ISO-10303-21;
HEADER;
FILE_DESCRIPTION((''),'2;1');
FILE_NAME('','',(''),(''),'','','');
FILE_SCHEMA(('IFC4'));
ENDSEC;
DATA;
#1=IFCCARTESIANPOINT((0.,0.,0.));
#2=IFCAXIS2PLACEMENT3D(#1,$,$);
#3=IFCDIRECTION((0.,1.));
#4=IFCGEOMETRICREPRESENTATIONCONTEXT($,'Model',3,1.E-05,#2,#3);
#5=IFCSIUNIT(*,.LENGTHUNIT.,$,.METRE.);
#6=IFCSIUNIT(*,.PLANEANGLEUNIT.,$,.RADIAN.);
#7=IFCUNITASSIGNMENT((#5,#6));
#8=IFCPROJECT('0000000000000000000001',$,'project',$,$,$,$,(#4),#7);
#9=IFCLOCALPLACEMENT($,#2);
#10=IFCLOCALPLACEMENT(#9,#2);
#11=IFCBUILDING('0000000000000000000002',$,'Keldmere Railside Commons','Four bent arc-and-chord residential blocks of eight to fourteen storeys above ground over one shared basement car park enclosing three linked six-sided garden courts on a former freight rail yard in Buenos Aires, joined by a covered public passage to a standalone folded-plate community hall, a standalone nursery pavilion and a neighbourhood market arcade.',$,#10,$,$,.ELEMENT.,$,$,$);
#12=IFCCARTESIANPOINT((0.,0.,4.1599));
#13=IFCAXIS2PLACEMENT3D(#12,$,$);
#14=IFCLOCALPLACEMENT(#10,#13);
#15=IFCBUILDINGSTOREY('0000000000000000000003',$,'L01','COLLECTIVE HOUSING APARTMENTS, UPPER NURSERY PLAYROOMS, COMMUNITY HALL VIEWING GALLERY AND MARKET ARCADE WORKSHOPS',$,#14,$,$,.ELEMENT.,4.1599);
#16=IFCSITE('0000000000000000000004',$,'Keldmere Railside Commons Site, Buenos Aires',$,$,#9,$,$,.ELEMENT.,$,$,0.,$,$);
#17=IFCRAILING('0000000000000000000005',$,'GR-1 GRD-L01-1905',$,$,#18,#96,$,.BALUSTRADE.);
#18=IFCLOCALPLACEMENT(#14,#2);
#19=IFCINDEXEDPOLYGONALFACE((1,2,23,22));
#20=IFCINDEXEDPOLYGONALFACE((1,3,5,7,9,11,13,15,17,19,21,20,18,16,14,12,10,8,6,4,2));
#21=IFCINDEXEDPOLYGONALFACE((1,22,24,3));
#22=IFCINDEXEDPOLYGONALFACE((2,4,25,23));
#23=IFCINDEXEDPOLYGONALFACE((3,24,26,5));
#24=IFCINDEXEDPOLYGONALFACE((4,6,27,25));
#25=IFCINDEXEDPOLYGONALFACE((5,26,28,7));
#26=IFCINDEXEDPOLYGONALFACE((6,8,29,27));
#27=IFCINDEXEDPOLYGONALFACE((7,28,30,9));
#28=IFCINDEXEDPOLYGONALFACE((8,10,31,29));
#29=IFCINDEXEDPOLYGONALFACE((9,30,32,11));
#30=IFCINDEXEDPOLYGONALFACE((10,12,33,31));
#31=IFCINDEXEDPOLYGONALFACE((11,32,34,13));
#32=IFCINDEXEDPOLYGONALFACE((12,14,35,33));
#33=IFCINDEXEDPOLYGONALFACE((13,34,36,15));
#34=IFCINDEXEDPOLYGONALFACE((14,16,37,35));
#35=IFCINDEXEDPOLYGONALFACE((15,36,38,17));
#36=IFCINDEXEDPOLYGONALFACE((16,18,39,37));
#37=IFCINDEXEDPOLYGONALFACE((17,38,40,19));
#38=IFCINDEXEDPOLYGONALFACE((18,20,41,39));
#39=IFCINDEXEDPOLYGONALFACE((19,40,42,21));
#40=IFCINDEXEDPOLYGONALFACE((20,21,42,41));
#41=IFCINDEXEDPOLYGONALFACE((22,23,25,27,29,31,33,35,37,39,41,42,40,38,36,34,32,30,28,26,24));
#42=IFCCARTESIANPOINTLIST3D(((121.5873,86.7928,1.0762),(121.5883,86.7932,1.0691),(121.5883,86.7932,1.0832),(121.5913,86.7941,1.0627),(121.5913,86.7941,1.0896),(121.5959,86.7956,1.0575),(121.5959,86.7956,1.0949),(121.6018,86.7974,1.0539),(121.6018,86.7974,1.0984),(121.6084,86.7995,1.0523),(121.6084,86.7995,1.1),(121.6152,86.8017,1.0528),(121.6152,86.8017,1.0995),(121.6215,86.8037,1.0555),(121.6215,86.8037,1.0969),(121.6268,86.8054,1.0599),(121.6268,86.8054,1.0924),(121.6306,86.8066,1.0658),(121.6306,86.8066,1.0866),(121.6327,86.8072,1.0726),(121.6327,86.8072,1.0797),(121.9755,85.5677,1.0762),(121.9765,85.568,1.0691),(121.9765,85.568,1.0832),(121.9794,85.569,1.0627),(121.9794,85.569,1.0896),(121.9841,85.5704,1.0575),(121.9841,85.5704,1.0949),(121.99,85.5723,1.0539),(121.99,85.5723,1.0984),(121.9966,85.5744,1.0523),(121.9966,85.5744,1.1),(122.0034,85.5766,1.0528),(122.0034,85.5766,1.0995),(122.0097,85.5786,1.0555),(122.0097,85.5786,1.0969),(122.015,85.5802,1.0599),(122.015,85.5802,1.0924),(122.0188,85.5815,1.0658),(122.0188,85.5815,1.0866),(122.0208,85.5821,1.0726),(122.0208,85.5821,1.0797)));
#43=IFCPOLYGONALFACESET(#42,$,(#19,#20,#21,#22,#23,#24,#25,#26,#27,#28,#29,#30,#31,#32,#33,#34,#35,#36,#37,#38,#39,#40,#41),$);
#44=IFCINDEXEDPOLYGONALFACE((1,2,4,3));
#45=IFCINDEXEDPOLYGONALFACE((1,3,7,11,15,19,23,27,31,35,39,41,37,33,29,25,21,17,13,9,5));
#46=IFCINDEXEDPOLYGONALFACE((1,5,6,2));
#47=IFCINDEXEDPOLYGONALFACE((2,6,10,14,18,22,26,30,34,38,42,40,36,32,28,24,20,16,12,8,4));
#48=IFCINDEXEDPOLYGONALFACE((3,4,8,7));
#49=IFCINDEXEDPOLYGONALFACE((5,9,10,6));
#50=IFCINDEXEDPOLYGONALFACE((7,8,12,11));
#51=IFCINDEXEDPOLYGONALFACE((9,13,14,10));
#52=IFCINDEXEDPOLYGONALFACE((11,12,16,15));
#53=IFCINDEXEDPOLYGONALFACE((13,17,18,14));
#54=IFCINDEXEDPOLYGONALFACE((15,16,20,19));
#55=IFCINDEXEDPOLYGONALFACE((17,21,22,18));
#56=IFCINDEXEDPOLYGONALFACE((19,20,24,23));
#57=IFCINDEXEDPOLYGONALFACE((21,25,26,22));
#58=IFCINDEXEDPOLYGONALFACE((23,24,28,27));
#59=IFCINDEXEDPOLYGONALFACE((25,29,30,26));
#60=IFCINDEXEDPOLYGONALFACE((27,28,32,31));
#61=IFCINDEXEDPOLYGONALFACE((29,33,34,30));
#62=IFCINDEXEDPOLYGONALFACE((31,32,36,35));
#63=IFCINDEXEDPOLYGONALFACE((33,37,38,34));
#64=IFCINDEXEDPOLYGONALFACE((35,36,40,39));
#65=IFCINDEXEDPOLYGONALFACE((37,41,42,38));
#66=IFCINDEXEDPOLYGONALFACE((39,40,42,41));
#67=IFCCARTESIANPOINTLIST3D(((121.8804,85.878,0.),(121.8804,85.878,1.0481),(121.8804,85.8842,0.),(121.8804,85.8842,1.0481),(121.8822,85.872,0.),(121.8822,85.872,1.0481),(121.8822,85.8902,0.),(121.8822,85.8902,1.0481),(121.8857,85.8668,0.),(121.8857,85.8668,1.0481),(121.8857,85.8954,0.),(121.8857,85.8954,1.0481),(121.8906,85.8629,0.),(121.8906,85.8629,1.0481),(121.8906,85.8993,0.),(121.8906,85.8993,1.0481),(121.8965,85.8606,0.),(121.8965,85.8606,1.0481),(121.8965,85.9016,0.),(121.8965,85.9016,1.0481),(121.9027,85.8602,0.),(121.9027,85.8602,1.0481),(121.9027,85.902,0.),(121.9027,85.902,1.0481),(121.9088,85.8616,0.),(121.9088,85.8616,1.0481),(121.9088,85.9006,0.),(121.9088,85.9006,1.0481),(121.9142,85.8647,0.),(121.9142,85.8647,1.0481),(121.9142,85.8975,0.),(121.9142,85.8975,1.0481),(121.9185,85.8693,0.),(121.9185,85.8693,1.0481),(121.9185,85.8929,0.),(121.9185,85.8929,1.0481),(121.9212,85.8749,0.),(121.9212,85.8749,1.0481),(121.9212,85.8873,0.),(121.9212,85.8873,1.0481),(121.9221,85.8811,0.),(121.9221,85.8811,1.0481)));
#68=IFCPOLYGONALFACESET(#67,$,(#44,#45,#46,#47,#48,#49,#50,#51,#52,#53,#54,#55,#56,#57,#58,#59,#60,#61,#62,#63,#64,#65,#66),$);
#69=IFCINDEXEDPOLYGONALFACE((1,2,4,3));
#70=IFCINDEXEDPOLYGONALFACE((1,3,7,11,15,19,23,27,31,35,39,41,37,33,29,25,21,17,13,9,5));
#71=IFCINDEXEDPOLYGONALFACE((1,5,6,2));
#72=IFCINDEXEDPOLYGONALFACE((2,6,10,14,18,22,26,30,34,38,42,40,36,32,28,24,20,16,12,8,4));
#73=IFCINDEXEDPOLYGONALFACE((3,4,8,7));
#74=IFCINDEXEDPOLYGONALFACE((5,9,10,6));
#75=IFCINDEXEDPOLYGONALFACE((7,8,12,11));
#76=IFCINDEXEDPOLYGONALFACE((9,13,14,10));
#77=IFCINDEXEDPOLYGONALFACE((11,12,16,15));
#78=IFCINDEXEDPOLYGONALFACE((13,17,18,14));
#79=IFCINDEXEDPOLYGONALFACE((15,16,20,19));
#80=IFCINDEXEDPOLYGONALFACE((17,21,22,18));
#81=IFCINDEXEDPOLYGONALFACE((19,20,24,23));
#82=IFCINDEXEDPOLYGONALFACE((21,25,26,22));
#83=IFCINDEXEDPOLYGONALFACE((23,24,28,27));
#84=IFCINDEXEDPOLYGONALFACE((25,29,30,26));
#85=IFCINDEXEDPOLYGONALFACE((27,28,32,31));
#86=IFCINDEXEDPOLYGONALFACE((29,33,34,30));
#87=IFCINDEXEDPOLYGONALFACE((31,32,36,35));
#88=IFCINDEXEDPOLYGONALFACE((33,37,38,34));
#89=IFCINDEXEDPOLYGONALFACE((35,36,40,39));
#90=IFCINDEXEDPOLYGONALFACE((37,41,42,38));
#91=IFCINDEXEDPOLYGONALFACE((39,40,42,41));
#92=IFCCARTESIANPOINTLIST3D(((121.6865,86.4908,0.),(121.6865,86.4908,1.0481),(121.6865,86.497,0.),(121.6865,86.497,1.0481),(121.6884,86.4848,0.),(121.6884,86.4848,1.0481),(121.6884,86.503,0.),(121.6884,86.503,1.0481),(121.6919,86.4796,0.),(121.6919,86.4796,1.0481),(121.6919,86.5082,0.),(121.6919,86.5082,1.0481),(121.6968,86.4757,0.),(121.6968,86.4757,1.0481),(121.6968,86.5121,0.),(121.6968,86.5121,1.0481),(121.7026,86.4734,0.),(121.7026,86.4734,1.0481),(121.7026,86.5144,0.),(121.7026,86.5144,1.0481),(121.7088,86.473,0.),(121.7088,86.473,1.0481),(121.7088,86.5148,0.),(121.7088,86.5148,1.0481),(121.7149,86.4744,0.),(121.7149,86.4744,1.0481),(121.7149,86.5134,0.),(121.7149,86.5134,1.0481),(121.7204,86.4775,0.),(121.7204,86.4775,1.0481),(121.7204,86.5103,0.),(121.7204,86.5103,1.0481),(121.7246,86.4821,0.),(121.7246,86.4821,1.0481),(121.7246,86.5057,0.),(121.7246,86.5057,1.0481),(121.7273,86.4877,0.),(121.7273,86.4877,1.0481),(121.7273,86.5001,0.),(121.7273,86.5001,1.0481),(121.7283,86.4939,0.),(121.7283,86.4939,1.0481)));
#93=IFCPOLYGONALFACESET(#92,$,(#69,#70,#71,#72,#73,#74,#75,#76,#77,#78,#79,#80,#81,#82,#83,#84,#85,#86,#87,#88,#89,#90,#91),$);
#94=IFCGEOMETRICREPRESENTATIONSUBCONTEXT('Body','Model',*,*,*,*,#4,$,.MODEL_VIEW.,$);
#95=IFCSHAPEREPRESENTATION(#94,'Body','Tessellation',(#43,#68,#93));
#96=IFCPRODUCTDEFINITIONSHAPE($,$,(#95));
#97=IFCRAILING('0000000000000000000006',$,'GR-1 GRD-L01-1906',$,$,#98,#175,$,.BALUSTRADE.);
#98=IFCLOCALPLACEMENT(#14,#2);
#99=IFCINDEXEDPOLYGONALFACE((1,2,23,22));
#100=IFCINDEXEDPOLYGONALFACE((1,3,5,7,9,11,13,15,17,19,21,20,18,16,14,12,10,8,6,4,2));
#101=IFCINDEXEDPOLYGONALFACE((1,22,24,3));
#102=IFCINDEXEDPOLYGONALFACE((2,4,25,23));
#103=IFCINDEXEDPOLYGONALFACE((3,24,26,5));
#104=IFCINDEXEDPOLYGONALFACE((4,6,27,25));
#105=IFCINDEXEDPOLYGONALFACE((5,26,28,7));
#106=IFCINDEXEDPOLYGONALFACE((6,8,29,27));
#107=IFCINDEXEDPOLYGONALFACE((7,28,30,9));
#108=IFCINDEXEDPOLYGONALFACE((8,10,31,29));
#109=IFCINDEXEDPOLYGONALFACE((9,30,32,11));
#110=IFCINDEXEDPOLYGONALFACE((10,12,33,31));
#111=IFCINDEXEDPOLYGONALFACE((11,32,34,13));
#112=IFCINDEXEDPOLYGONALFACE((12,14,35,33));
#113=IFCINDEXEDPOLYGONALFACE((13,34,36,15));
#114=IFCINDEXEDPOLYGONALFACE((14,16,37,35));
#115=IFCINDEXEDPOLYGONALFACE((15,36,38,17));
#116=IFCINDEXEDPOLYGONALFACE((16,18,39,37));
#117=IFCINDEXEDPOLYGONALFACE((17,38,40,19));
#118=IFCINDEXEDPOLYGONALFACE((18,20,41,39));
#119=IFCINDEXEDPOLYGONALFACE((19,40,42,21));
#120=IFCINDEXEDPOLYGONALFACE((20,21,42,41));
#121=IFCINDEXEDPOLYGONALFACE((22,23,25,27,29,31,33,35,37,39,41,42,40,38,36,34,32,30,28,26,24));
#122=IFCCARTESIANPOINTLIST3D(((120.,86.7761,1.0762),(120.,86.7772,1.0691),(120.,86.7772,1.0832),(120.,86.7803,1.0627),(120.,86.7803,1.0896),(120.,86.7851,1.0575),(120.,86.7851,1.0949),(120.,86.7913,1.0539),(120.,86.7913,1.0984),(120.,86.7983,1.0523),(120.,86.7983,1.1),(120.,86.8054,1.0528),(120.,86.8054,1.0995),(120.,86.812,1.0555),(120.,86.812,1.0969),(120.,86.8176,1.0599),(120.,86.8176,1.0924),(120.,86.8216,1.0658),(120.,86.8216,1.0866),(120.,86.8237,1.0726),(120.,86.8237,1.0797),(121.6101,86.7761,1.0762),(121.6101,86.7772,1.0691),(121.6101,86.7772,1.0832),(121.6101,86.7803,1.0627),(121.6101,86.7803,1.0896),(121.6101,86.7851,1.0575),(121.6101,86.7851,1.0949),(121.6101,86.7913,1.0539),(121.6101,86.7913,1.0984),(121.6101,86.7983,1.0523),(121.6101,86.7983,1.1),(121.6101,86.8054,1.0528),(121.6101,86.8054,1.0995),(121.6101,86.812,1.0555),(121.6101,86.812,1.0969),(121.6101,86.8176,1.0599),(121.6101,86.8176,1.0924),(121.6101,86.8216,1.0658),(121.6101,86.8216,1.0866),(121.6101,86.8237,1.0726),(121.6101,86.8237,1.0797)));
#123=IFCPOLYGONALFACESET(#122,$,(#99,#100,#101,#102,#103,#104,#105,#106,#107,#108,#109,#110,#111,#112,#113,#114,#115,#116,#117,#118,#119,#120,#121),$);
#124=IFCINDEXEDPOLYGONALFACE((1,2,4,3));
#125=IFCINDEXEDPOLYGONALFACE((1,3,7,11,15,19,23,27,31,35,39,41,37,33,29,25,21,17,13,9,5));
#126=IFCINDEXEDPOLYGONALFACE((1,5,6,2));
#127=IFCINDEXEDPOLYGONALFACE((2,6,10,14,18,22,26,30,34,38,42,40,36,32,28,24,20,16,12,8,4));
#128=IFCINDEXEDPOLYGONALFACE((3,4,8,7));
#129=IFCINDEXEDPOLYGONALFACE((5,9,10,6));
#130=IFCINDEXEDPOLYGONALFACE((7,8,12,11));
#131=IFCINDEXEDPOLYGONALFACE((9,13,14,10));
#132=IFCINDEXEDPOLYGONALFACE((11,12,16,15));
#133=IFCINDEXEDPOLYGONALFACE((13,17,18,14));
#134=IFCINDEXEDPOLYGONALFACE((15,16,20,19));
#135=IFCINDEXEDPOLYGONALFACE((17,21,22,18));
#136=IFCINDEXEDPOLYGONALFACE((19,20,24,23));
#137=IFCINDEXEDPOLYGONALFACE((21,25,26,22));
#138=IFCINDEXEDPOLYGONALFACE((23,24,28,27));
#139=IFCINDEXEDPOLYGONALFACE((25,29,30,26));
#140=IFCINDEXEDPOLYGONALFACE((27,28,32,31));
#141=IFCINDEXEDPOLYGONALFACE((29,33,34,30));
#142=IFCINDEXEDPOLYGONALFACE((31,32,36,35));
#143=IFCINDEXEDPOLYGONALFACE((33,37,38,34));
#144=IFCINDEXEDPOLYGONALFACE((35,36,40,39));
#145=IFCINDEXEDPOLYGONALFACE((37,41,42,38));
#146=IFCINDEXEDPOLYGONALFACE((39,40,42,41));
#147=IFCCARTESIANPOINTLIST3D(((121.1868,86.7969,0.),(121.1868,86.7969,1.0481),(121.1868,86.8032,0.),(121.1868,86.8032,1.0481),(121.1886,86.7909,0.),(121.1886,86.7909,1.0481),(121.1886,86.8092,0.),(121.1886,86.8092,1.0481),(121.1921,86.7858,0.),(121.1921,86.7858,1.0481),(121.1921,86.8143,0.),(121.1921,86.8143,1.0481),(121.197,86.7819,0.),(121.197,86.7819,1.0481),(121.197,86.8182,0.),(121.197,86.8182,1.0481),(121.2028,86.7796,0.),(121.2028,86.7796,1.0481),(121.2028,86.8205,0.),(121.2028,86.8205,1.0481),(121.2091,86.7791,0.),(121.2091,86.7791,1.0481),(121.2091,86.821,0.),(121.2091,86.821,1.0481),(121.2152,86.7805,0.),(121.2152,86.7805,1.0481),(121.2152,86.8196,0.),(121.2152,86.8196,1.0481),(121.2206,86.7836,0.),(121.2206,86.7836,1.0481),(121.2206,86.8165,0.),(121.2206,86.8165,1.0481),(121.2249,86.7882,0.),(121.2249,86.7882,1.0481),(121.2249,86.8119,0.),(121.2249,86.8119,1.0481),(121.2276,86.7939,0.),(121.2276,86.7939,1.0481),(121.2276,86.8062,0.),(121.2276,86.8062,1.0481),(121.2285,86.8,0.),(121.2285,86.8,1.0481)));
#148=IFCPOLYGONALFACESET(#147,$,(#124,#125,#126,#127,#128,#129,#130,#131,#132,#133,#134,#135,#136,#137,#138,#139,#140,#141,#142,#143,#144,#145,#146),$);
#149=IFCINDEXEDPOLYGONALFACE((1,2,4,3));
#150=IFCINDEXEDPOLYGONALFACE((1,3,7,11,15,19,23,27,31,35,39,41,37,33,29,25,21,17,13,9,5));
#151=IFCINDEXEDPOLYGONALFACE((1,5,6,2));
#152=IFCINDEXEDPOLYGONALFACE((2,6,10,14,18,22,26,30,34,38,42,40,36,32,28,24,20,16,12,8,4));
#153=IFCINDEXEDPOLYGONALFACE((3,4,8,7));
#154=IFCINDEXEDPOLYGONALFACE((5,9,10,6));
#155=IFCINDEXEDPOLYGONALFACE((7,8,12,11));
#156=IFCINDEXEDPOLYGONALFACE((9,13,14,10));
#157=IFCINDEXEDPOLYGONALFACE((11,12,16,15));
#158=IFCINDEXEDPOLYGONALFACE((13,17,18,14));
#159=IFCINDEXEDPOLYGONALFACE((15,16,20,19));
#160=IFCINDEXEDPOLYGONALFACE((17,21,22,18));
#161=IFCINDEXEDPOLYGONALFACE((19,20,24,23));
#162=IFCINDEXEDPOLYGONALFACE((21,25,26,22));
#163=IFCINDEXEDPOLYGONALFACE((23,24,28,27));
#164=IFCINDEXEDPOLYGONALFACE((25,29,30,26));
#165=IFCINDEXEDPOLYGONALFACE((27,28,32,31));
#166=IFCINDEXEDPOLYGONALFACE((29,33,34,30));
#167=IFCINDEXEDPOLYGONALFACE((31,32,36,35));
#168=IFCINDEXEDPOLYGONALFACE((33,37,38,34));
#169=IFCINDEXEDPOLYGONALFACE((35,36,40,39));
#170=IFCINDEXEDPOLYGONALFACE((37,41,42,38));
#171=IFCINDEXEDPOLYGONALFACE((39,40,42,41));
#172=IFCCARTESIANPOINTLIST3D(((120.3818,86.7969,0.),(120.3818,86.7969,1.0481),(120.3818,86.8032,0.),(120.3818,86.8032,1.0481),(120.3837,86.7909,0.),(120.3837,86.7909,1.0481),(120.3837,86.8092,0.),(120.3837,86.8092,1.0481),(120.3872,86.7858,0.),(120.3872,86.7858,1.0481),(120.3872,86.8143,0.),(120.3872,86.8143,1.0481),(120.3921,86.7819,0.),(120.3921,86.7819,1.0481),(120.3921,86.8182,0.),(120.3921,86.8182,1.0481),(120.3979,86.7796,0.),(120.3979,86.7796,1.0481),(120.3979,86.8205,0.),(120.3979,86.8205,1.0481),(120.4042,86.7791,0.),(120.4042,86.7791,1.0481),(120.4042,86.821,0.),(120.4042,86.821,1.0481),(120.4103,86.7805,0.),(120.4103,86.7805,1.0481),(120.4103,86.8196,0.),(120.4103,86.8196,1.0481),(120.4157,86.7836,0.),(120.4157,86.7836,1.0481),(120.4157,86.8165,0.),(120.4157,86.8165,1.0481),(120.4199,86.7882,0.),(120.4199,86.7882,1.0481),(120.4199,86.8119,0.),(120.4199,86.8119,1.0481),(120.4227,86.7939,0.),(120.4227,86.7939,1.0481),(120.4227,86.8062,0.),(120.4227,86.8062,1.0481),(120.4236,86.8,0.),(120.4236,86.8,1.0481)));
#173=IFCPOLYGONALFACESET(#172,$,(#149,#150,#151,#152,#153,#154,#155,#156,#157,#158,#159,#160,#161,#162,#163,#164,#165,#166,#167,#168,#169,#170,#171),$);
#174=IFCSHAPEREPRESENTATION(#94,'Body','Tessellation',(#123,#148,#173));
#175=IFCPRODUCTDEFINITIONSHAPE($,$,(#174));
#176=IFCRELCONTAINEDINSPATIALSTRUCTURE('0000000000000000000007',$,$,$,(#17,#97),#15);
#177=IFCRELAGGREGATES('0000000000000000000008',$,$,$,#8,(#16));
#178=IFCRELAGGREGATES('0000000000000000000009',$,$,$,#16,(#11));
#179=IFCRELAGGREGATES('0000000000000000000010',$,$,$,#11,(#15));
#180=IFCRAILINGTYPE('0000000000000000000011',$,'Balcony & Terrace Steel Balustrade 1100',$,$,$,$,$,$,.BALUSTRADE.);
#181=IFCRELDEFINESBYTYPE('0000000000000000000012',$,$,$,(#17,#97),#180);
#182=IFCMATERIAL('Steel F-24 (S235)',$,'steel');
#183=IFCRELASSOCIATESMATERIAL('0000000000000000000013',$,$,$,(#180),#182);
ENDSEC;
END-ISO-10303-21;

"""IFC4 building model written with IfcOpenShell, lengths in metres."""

from ifc_helpers import new_model, si_unit, direction, frame, origin, origin_2d, place, context, subcontext, project, spatial, circle, extrude, material, type_object, element, save


model = new_model("IFC4")

# Units and contexts
model_context = context("Model", 3, precision=1e-05, world=origin(), true_north=direction((0.0, 1.0)))
body_context = subcontext(model_context, "Body", "Model", "MODEL_VIEW")
ifc_project = project(units=[si_unit("LENGTHUNIT", "METRE"), si_unit("PLANEANGLEUNIT", "RADIAN")], contexts=[model_context])

# Site, building, storey
site_placement = place(None, origin())
site = spatial("IfcSite", under=ifc_project, at=site_placement, Name="Keldmere Railside Commons Site, Buenos Aires", CompositionType="ELEMENT", RefElevation=0.0)
building_placement = place(site_placement, origin())
building = spatial("IfcBuilding", under=site, at=building_placement, Name="Keldmere Railside Commons", Description="Four bent arc-and-chord residential blocks of eight to fourteen storeys above ground over one shared basement car park enclosing three linked six-sided garden courts on a former freight rail yard in Buenos Aires, joined by a covered public passage to a standalone folded-plate community hall, a standalone nursery pavilion and a neighbourhood market arcade.", CompositionType="ELEMENT")
storey_placement = place(building_placement, frame((0.0, 0.0, 4.1599)))
storey = spatial("IfcBuildingStorey", under=building, at=storey_placement, Name="L01", Description="COLLECTIVE HOUSING APARTMENTS, UPPER NURSERY PLAYROOMS, COMMUNITY HALL VIEWING GALLERY AND MARKET ARCADE WORKSHOPS", CompositionType="ELEMENT", Elevation=4.1599)

# Railings
ifc_material_1 = material(Name="Steel F-24 (S235)", Category="steel")
railing_type = type_object("IfcRailingType", Name="Balcony & Terrace Steel Balustrade 1100", PredefinedType="BALUSTRADE", material=ifc_material_1)
railing_1_placement = place(storey_placement, frame((121.9983, 85.575, 0.0)))
element("IfcRailing", 1, at=railing_1_placement, inside=storey, type_object=railing_type, Name="GR-1 GRD-L01-1905", PredefinedType="BALUSTRADE", context=body_context, shape_type="SweptSolid", body=[
    extrude(circle(Radius=0.0239, at=origin_2d()), frame((0.0, 0.0, 1.0762), z_axis=(-0.302059, 0.953289, 0.0), x_axis=(-0.953289, -0.302059, 0.0)), (0.0, 0.0, 1.0), 1.2852),
    extrude(circle(Radius=0.021, at=origin_2d()), frame((-0.0972, 0.3062, 0.0)), (0.0, 0.0, 1.0), 1.0481),
    extrude(circle(Radius=0.021, at=origin_2d()), frame((-0.291, 0.9189, 0.0)), (0.0, 0.0, 1.0), 1.0481),
])
railing_2_placement = place(storey_placement, frame((121.6101, 86.8, 0.0)))
element("IfcRailing", 2, at=railing_2_placement, inside=storey, type_object=railing_type, Name="GR-1 GRD-L01-1906", PredefinedType="BALUSTRADE", context=body_context, shape_type="SweptSolid", body=[
    extrude(circle(Radius=0.0239, at=origin_2d()), frame((0.0, 0.0, 1.0762), z_axis=(-1.0, 0.0, 0.0), x_axis=(0.0, -1.0, 0.0)), (0.0, 0.0, 1.0), 1.6101),
    extrude(circle(Radius=0.021, at=origin_2d()), frame((-0.4026, 0.0, 0.0)), (0.0, 0.0, 1.0), 1.0481),
    extrude(circle(Radius=0.021, at=origin_2d()), frame((-1.2075, 0.0, 0.0)), (0.0, 0.0, 1.0), 1.0481),
])

save(model, "model.ifc")
